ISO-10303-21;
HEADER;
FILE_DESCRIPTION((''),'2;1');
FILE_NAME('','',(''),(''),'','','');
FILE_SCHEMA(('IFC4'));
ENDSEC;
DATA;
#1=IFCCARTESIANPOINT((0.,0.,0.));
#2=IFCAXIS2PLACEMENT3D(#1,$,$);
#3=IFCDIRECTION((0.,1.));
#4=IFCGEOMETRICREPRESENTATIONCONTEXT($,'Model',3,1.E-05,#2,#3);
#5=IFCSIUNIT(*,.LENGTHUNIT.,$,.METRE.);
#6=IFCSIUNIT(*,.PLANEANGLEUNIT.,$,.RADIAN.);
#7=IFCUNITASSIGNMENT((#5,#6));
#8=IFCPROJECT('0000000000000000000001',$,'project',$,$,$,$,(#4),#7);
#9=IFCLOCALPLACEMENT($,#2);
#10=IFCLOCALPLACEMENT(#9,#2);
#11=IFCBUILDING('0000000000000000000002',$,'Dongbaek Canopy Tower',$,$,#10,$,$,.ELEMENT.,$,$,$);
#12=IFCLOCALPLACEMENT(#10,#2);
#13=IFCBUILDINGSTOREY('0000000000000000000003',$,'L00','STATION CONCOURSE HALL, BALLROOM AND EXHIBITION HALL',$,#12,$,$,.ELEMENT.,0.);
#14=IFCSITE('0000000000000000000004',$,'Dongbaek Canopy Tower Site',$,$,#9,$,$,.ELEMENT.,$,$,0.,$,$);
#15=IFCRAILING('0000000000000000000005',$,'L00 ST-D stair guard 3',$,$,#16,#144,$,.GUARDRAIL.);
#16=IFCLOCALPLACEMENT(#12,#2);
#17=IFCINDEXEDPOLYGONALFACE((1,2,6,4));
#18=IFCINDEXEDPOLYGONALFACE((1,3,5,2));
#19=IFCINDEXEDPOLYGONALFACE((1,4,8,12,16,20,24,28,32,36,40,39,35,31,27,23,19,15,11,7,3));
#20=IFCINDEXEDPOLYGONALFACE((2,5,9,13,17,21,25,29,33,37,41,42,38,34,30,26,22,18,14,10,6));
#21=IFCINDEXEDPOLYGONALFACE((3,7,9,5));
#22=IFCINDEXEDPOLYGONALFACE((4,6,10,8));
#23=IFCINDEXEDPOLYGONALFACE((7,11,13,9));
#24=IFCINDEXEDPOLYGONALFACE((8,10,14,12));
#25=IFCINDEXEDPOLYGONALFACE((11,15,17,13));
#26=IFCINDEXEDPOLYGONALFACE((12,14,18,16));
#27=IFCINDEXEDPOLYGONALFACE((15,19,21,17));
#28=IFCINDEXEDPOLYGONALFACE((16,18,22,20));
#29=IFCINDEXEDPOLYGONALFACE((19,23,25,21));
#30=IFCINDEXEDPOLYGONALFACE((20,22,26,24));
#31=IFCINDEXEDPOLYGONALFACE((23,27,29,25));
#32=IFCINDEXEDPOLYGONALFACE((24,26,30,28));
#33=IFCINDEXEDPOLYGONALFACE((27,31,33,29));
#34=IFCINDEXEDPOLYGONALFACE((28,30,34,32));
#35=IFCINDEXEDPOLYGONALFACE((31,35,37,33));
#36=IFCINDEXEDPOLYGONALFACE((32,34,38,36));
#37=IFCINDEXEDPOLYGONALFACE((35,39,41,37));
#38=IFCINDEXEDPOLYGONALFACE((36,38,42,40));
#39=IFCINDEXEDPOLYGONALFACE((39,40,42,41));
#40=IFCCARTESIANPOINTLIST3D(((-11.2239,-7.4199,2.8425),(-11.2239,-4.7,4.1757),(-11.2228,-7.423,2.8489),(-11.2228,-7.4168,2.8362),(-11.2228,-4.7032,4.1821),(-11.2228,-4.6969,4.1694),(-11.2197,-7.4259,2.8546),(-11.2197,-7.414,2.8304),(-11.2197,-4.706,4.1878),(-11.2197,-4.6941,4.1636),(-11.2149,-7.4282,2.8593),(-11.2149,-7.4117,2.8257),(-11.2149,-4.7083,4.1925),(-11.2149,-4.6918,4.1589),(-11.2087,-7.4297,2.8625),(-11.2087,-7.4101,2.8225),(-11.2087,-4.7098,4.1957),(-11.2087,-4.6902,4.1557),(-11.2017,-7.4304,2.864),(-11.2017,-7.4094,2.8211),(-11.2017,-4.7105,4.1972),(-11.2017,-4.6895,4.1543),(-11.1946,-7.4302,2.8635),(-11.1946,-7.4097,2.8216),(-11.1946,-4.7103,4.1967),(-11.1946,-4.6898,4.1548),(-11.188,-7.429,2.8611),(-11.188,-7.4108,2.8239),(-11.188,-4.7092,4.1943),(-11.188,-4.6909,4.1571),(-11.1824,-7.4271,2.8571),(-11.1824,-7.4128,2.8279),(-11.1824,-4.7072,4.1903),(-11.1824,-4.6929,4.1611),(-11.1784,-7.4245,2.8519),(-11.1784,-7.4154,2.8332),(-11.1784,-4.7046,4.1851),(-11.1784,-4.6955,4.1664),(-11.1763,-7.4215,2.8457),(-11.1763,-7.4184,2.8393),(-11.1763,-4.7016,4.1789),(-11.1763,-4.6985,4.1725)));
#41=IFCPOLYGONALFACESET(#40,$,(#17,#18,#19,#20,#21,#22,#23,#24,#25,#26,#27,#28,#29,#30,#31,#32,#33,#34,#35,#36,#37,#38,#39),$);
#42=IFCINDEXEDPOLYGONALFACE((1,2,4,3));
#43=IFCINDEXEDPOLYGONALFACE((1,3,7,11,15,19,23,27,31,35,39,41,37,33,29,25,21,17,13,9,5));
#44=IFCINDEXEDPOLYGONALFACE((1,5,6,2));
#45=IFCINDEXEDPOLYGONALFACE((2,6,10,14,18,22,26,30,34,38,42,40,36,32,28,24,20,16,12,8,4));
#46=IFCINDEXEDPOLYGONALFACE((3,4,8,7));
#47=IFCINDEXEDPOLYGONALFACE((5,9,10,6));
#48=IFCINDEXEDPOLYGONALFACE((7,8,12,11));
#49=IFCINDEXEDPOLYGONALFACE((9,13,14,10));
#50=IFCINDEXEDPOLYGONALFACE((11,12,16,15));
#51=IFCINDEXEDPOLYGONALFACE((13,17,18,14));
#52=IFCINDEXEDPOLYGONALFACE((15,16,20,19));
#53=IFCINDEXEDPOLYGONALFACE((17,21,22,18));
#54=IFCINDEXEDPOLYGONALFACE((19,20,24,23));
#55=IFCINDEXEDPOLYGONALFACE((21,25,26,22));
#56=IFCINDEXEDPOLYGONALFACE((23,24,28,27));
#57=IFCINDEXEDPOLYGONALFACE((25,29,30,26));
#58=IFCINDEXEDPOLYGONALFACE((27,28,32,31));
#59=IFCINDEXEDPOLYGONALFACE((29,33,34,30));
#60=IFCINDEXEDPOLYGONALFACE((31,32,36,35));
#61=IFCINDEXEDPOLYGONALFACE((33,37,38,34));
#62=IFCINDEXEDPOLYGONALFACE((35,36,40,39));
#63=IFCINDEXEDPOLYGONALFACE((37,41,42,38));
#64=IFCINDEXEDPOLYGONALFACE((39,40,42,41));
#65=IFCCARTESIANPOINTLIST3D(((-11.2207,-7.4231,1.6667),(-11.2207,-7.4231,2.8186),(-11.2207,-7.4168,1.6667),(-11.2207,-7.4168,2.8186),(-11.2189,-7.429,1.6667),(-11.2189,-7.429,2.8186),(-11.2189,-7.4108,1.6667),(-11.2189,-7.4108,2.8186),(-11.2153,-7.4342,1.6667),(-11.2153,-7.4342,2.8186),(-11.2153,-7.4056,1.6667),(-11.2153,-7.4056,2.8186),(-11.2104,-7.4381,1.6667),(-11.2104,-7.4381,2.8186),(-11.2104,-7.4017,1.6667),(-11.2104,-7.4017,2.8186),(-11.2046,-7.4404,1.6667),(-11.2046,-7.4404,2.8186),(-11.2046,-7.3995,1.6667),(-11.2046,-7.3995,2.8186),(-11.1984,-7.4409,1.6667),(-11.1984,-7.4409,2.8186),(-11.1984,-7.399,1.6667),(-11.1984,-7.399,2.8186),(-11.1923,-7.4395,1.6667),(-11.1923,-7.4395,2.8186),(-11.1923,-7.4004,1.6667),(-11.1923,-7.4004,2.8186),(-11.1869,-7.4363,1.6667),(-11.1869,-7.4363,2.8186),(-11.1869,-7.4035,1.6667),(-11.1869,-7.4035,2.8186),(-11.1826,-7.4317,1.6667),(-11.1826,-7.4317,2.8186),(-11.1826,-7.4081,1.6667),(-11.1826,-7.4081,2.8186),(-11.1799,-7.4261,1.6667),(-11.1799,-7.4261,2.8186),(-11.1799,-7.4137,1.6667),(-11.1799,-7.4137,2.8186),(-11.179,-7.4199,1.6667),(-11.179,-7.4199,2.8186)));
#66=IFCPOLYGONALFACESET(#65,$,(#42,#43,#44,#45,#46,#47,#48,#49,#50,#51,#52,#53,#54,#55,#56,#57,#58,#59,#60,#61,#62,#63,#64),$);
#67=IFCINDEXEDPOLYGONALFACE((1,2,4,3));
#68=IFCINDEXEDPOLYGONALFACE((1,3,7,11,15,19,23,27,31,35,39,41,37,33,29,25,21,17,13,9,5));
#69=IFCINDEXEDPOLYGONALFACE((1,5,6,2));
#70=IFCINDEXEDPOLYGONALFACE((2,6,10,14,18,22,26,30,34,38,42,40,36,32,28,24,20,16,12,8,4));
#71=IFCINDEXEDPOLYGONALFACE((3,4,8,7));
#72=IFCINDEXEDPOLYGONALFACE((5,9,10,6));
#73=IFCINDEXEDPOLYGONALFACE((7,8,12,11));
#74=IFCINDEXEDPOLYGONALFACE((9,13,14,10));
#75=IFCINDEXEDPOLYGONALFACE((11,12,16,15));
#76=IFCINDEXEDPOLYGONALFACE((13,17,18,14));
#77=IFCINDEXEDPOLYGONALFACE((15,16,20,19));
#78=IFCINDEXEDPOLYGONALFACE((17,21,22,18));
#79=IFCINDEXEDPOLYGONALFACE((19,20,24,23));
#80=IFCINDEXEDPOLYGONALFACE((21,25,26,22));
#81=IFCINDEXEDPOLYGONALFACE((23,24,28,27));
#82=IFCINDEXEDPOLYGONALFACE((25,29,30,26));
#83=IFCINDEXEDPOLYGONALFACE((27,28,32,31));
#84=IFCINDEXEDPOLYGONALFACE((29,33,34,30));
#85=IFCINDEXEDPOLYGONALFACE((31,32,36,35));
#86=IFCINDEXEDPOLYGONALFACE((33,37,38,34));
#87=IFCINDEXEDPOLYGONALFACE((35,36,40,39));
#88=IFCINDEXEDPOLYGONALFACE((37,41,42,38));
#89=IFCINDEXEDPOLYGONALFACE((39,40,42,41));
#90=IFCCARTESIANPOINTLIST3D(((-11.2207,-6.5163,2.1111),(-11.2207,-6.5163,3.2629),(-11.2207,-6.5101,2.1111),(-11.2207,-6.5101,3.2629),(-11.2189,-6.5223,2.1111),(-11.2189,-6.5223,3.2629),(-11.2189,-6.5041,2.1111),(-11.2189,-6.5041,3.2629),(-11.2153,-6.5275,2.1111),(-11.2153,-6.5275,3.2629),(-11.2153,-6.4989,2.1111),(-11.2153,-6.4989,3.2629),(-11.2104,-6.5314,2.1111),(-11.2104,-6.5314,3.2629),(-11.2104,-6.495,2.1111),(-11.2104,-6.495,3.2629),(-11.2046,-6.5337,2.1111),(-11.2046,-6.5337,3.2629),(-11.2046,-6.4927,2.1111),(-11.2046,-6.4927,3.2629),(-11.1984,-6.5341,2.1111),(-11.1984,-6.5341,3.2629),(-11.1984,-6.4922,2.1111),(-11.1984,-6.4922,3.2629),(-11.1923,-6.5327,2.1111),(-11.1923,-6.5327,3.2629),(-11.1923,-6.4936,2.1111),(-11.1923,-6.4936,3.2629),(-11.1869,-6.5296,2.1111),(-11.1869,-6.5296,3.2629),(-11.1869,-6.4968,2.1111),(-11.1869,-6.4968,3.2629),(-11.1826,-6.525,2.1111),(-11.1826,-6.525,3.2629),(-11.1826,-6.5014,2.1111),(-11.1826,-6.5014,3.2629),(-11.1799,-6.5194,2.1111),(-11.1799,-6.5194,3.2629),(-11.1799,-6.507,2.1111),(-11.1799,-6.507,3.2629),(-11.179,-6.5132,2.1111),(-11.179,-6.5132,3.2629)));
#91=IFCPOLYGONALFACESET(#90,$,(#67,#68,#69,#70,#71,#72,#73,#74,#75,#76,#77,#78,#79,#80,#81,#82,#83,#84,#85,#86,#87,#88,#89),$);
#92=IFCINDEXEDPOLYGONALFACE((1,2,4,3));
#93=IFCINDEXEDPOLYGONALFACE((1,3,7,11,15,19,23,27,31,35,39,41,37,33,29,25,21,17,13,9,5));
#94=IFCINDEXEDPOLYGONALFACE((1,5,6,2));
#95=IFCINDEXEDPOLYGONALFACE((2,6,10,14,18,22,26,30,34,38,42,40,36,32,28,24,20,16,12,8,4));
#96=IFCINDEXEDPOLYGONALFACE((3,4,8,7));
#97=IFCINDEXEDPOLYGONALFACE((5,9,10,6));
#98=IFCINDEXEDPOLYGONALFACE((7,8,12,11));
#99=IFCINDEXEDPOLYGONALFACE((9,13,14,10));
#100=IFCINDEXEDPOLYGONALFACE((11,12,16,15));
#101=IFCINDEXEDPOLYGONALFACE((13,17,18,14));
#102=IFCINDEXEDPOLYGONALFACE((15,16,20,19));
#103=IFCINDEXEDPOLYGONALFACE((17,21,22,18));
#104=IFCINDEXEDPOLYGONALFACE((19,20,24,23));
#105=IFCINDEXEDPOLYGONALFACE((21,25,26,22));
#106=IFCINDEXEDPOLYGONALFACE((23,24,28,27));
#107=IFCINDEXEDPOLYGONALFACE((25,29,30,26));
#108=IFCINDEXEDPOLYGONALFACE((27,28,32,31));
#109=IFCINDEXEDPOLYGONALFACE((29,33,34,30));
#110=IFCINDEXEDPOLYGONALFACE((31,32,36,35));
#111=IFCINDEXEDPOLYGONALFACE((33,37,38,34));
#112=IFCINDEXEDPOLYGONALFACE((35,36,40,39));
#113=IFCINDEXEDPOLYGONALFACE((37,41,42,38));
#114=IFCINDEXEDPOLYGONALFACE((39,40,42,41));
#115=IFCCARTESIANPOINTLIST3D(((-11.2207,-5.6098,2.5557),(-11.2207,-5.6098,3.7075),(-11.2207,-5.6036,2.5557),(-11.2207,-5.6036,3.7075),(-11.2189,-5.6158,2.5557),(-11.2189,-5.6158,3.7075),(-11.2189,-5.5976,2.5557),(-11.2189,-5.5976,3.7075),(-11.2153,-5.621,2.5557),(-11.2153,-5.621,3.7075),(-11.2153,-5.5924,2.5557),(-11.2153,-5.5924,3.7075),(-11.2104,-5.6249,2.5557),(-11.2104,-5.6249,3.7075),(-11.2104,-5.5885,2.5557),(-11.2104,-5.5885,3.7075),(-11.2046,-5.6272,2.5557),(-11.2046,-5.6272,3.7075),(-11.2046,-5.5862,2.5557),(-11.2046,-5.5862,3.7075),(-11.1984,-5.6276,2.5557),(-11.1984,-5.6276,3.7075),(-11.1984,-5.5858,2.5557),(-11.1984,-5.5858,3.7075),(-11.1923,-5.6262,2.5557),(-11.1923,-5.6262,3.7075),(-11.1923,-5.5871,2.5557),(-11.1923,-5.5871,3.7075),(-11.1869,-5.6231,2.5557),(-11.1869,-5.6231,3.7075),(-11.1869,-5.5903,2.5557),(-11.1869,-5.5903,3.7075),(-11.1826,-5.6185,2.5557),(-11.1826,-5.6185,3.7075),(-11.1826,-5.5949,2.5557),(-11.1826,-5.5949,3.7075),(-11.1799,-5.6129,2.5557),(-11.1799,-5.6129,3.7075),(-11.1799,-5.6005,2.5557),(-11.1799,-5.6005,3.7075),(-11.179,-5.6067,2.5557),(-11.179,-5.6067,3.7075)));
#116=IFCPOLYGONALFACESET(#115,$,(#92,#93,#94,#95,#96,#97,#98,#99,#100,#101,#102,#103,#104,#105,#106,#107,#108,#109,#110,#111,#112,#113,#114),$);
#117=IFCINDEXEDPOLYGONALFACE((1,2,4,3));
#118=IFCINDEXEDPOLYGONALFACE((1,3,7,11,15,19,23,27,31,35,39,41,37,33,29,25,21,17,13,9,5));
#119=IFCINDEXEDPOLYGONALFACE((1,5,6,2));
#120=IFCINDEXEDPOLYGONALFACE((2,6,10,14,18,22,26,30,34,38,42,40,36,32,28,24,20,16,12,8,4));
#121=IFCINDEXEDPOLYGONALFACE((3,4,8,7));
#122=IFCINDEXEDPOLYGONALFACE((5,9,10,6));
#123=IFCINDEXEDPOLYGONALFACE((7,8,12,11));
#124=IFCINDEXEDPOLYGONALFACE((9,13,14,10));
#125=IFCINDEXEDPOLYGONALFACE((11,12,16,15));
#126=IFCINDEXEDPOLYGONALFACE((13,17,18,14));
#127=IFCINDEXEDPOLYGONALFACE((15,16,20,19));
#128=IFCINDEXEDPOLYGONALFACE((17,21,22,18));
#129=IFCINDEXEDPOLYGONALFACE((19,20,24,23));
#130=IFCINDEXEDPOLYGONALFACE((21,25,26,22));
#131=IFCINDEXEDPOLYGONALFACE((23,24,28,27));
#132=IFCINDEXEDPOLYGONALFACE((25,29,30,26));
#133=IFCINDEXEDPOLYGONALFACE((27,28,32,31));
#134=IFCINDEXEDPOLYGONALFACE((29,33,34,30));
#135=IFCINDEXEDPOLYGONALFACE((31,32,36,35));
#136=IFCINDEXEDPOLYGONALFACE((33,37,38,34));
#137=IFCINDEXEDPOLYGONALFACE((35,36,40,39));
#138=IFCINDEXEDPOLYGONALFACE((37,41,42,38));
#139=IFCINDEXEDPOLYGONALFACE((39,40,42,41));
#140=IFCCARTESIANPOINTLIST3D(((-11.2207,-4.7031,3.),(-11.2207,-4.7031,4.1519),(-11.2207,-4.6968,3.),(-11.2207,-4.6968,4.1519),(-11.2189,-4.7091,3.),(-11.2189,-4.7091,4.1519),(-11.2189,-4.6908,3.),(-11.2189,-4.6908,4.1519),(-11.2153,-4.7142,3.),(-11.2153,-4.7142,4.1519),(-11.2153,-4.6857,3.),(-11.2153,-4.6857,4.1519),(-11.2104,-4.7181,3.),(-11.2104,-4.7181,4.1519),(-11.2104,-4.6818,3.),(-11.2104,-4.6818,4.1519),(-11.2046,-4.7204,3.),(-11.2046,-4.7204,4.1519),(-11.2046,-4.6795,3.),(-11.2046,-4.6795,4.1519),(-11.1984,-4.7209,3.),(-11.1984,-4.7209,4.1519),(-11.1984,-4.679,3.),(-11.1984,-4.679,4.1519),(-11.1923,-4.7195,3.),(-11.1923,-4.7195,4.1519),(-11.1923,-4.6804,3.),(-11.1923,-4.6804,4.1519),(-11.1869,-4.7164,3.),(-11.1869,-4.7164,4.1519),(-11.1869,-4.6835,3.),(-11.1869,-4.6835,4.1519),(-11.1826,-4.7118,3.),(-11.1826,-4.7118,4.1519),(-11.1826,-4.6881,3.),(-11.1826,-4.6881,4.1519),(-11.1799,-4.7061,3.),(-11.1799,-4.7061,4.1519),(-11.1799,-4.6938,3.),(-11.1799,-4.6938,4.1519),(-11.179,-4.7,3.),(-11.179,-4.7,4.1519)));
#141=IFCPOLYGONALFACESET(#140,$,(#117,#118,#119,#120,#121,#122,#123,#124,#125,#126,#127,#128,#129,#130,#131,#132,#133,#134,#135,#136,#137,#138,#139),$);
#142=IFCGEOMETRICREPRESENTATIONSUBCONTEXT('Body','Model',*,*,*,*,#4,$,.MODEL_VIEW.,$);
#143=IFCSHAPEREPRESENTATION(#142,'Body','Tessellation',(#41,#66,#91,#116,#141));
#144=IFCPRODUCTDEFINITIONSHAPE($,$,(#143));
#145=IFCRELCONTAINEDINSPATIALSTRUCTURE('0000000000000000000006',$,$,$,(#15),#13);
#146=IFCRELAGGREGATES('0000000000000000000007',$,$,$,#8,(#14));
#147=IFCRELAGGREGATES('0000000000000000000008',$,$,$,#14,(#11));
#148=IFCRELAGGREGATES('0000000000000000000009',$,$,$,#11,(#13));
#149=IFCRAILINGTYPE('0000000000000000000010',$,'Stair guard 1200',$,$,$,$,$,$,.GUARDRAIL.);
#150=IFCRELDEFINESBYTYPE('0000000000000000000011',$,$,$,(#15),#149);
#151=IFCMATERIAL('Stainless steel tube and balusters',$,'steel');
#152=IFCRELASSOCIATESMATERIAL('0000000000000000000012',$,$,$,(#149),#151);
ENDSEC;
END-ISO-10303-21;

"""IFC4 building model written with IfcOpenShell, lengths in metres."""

from ifc_helpers import new_model, si_unit, direction, frame, origin, origin_2d, place, context, subcontext, project, spatial, circle, extrude, material, type_object, element, save


model = new_model("IFC4")

# Units and contexts
model_context = context("Model", 3, precision=1e-05, world=origin(), true_north=direction((0.0, 1.0)))
body_context = subcontext(model_context, "Body", "Model", "MODEL_VIEW")
ifc_project = project(units=[si_unit("LENGTHUNIT", "METRE"), si_unit("PLANEANGLEUNIT", "RADIAN")], contexts=[model_context])

# Site, building, storey
site_placement = place(None, origin())
site = spatial("IfcSite", under=ifc_project, at=site_placement, Name="Dongbaek Canopy Tower Site", CompositionType="ELEMENT", RefElevation=0.0)
building_placement = place(site_placement, origin())
building = spatial("IfcBuilding", under=site, at=building_placement, Name="Dongbaek Canopy Tower", CompositionType="ELEMENT")
storey_placement = place(building_placement, origin())
storey = spatial("IfcBuildingStorey", under=building, at=storey_placement, Name="L00", Description="STATION CONCOURSE HALL, BALLROOM AND EXHIBITION HALL", CompositionType="ELEMENT", Elevation=0.0)

# Railing
ifc_material_1 = material(Name="Stainless steel tube and balusters", Category="steel")
railing_type_1 = type_object("IfcRailingType", Name="Stair guard 1200", PredefinedType="GUARDRAIL", material=ifc_material_1)
railing_1_placement = place(storey_placement, frame((-11.2, -7.4199, 1.6667)))
element("IfcRailing", 1, at=railing_1_placement, inside=storey, type_object=railing_type_1, Name="L00 ST-D stair guard 3", PredefinedType="GUARDRAIL", context=body_context, shape_type="SweptSolid", body=[
    extrude(circle(Radius=0.0239, at=origin_2d()), frame((0.0, 0.0, 1.1758), z_axis=(0.0, 0.897929, 0.440139), x_axis=(-1.0, 0.0, 0.0)), (0.0, 0.0, 1.0), 3.0291),
    extrude(circle(Radius=0.021, at=origin_2d()), origin(), (0.0, 0.0, 1.0), 1.1519),
    extrude(circle(Radius=0.021, at=origin_2d()), frame((0.0, 0.9067, 0.4443)), (0.0, 0.0, 1.0), 1.1519),
    extrude(circle(Radius=0.021, at=origin_2d()), frame((0.0, 1.8132, 0.8889)), (0.0, 0.0, 1.0), 1.1519),
    extrude(circle(Radius=0.021, at=origin_2d()), frame((0.0, 2.72, 1.3333)), (0.0, 0.0, 1.0), 1.1519),
])

save(model, "model.ifc")
